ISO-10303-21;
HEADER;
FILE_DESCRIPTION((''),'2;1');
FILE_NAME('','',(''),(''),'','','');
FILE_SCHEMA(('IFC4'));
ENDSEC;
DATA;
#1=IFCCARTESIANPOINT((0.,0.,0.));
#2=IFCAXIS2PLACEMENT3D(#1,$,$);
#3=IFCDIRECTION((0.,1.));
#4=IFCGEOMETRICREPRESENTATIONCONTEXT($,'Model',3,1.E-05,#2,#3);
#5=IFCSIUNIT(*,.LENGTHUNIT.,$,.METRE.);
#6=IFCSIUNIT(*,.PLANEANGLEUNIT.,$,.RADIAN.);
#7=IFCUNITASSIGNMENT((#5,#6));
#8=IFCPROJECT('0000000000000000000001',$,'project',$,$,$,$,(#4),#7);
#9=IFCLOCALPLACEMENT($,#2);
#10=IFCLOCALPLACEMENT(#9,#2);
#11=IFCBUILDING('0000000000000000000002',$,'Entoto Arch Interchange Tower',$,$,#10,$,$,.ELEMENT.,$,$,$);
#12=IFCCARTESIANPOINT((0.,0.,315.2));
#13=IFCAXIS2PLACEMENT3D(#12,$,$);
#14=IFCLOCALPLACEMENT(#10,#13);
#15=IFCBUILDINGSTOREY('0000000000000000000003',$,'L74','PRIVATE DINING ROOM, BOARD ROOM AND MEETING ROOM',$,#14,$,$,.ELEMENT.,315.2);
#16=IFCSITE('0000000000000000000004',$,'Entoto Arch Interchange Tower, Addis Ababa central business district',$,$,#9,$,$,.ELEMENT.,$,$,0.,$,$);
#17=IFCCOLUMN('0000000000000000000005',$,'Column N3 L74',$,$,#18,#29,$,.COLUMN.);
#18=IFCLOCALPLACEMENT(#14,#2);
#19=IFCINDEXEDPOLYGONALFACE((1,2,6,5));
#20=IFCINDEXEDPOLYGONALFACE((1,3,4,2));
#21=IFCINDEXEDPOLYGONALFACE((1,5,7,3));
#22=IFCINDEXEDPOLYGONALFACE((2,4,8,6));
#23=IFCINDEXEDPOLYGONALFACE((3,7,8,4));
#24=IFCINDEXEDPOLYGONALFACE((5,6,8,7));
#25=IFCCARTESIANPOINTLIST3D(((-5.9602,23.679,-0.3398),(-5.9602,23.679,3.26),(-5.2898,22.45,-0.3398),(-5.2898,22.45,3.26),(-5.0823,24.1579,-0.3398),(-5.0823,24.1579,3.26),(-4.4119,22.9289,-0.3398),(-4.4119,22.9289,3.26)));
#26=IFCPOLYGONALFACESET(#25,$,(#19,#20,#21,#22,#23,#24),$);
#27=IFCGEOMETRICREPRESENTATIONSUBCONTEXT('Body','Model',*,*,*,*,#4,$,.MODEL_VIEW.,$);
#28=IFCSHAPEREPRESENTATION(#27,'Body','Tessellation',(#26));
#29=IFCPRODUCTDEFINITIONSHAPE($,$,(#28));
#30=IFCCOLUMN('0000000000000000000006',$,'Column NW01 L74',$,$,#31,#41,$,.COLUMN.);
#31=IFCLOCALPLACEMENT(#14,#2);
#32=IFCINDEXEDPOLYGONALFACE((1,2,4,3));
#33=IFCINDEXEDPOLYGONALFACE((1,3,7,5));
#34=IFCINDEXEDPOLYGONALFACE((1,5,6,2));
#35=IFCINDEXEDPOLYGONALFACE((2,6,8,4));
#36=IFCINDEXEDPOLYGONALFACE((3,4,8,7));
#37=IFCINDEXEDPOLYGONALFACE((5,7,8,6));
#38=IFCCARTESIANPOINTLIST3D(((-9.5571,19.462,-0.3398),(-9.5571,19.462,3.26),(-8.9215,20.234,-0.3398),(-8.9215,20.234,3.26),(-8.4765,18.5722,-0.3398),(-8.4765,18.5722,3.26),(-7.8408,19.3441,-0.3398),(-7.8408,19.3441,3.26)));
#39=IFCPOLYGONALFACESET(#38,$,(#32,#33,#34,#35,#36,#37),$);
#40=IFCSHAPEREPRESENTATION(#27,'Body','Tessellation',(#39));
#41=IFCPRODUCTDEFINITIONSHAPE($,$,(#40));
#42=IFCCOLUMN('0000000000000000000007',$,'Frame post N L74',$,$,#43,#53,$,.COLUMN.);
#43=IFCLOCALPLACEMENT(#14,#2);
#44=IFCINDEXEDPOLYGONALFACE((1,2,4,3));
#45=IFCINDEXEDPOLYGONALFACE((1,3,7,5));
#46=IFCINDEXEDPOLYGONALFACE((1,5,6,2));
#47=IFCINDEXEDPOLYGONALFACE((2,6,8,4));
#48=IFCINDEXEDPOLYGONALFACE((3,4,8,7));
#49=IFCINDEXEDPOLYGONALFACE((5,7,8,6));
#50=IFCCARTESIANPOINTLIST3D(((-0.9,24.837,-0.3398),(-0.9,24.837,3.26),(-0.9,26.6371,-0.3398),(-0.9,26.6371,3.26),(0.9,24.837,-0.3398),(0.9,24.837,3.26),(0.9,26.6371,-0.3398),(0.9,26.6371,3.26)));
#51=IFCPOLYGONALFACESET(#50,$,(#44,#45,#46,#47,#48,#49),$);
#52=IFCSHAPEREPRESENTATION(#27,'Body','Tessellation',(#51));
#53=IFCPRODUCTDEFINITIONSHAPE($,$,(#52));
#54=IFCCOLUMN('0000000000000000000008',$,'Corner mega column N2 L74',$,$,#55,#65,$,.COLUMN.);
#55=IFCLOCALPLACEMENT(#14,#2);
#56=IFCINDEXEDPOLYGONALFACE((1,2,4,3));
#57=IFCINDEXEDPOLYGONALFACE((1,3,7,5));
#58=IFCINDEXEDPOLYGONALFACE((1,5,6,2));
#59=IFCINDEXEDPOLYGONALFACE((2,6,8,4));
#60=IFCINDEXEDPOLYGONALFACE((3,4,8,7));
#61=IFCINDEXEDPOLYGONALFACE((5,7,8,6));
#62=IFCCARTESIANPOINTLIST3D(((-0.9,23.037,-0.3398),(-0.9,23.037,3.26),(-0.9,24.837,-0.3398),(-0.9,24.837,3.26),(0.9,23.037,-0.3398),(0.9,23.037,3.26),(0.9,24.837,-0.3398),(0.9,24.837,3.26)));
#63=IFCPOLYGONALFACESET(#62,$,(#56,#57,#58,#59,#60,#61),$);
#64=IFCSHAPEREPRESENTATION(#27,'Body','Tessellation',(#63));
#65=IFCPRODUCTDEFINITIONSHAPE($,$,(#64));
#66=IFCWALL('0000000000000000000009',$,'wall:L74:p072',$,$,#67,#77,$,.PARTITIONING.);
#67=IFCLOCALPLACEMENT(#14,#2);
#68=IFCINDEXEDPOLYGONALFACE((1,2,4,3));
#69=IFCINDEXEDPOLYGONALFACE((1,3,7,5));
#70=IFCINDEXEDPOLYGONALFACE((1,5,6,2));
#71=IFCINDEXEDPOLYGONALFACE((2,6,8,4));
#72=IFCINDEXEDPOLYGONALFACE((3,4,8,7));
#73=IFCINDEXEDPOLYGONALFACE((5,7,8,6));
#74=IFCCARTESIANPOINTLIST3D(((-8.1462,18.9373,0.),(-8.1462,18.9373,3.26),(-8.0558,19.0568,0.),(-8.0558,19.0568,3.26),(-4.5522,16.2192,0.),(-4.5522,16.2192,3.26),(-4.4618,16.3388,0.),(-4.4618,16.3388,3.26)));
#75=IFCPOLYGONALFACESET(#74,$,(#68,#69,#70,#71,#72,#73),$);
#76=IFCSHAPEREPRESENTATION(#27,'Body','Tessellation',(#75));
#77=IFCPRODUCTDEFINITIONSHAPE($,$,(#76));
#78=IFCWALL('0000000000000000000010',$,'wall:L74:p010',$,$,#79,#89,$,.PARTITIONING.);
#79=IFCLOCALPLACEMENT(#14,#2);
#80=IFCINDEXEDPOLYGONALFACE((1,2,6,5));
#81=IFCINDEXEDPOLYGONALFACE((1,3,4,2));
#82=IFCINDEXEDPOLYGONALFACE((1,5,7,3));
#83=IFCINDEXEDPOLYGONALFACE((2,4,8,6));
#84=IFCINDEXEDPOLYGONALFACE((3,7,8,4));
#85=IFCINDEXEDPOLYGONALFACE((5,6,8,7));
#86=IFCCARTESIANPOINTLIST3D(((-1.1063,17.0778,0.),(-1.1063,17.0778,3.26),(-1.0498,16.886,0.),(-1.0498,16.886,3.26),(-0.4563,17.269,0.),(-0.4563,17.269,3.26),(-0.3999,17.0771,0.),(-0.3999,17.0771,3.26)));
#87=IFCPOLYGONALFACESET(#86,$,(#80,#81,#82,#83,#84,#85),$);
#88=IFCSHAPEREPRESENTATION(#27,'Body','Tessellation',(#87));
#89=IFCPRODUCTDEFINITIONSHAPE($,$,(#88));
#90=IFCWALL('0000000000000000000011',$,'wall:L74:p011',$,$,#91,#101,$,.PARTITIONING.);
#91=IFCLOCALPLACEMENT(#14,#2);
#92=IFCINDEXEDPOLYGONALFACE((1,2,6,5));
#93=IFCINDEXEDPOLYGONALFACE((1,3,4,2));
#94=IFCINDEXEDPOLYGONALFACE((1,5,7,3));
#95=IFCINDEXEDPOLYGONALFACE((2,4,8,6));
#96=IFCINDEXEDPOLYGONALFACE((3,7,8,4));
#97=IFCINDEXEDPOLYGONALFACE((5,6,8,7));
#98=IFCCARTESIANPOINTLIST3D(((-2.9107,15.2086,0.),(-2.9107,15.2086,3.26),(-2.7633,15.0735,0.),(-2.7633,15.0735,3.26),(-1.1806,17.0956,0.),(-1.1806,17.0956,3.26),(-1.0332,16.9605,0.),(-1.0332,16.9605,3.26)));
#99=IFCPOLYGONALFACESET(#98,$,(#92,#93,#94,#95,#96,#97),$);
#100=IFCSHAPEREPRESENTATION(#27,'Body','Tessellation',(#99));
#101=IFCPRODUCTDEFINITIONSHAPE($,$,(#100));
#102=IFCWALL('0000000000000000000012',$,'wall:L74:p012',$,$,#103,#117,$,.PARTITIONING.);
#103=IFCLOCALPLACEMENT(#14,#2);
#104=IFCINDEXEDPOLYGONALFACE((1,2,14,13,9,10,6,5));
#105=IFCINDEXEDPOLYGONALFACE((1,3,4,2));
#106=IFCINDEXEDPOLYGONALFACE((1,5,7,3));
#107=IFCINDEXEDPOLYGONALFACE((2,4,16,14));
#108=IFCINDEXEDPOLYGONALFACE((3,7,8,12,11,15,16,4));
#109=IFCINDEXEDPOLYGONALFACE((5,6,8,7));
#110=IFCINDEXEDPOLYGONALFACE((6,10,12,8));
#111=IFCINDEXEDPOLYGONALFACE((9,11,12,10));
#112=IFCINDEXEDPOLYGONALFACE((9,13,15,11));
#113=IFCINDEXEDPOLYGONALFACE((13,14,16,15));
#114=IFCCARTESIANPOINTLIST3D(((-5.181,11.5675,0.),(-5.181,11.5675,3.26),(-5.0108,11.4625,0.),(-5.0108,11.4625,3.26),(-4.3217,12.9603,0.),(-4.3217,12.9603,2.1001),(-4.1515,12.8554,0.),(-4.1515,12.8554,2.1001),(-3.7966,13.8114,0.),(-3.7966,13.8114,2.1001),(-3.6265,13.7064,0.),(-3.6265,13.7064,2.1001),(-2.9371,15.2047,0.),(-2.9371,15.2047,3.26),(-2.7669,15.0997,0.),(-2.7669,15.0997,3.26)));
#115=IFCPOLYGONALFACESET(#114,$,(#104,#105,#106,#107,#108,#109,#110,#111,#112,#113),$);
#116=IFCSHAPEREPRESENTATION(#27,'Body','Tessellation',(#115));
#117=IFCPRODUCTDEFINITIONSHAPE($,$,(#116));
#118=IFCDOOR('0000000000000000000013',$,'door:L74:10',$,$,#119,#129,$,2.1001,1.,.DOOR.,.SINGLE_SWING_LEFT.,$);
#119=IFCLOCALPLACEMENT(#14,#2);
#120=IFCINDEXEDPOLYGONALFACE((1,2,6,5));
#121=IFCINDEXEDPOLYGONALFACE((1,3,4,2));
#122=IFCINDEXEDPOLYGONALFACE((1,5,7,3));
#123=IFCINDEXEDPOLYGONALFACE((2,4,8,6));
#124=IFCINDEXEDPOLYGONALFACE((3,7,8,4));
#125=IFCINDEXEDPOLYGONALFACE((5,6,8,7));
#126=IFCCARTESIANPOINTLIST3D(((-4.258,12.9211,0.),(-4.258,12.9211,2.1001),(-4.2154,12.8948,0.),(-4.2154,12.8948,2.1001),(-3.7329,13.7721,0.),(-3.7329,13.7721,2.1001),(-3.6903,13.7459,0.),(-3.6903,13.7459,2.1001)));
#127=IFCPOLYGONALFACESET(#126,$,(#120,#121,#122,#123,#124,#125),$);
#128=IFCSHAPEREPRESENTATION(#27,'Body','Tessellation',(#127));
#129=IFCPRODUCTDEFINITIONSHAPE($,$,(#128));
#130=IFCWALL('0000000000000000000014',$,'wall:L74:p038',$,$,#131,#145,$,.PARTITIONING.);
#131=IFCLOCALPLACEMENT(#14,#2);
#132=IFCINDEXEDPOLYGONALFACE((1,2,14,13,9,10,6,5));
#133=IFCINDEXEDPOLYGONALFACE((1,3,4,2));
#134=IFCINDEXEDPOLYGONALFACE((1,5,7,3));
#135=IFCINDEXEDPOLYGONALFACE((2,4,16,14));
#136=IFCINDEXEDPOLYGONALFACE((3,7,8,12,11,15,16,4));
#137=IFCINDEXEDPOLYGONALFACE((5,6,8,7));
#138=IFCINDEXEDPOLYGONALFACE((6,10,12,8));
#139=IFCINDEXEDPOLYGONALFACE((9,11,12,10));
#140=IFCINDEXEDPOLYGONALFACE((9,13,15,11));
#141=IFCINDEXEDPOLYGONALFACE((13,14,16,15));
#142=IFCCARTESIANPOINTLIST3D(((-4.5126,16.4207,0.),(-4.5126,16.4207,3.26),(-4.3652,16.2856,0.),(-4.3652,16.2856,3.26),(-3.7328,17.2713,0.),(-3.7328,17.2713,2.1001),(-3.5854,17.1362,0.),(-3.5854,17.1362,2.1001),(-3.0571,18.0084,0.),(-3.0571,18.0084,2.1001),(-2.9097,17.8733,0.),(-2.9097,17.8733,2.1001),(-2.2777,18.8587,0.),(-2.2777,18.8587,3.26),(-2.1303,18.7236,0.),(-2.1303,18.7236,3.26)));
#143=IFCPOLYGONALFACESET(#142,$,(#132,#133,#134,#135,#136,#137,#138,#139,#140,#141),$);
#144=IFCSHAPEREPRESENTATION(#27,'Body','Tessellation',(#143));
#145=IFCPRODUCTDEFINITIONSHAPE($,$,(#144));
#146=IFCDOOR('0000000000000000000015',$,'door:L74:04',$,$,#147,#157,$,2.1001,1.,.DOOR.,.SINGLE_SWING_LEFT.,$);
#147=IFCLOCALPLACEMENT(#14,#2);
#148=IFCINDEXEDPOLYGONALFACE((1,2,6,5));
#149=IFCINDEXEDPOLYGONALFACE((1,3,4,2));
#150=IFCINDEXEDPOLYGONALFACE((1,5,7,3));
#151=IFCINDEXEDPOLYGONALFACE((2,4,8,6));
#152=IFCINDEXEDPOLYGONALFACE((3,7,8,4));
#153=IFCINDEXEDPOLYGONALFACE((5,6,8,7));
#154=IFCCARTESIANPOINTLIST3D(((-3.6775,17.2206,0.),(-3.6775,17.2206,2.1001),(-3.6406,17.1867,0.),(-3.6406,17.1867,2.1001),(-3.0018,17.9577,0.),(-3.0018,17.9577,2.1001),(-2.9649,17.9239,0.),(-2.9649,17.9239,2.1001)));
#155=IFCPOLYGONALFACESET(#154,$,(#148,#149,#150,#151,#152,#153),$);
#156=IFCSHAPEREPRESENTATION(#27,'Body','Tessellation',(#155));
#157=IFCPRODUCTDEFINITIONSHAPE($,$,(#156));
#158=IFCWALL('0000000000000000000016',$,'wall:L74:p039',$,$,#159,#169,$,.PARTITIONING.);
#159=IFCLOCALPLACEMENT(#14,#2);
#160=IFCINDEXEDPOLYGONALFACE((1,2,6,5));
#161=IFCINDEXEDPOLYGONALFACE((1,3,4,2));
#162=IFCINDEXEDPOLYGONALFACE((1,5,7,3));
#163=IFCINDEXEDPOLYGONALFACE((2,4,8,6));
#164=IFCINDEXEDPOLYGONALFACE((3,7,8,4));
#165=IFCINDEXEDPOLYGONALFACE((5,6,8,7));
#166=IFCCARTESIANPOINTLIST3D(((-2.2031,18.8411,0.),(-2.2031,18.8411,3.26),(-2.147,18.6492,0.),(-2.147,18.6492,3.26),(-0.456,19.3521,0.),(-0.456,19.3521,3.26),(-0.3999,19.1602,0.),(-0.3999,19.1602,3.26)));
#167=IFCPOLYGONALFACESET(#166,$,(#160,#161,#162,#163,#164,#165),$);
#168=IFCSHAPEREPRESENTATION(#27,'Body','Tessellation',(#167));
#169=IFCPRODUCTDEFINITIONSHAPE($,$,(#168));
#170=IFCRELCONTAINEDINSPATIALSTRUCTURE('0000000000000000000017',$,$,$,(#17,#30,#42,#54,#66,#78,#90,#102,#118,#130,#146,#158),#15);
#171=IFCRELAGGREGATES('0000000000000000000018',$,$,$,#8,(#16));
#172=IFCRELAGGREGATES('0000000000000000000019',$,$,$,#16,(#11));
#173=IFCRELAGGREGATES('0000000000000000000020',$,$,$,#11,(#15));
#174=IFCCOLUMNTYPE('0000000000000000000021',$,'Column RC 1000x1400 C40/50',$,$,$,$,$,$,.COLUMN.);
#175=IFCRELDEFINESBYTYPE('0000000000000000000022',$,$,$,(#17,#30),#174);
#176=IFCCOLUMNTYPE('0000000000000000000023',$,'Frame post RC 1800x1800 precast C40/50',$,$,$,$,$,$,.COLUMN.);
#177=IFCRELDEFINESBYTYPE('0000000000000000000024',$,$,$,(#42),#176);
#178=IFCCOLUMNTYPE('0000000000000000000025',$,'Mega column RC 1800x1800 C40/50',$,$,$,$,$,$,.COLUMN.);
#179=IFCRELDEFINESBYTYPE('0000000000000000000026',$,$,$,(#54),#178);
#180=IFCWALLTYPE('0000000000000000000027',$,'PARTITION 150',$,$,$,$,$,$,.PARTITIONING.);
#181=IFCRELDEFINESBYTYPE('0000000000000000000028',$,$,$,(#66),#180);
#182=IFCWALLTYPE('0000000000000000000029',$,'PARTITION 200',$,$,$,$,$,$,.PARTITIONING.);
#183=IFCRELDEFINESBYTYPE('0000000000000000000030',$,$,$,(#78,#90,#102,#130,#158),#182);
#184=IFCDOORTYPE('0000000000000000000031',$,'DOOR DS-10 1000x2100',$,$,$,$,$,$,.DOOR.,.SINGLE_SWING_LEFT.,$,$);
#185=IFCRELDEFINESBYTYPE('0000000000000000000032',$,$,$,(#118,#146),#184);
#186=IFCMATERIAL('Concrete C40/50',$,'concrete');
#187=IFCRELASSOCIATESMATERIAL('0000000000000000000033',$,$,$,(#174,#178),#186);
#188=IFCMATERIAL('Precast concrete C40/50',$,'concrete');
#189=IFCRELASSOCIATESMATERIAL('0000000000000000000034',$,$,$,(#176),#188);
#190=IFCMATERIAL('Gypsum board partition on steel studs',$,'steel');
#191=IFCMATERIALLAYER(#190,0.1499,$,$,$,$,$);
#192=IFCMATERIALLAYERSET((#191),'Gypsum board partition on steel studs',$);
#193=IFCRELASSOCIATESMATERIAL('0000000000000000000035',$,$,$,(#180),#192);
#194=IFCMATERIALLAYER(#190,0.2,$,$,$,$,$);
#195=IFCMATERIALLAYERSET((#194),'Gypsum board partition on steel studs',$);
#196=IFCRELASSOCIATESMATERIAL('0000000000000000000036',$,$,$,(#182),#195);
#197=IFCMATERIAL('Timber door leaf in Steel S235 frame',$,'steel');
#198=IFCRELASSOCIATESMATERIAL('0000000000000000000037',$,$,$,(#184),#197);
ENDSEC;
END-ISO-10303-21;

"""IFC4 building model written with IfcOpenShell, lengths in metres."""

from ifc_helpers import new_model, si_unit, direction, frame, frame_2d, origin, origin_2d, place, context, subcontext, project, spatial, rectangle, extrude, material, layer, layer_set, material_profile, profile_set, type_object, element, fill, save


model = new_model("IFC4")

# Units and contexts
model_context = context("Model", 3, precision=1e-05, world=origin(), true_north=direction((0.0, 1.0)))
body_context = subcontext(model_context, "Body", "Model", "MODEL_VIEW")
ifc_project = project(units=[si_unit("LENGTHUNIT", "METRE"), si_unit("PLANEANGLEUNIT", "RADIAN")], contexts=[model_context])

# Site, building, storey
site_placement = place(None, origin())
site = spatial("IfcSite", under=ifc_project, at=site_placement, Name="Entoto Arch Interchange Tower, Addis Ababa central business district", CompositionType="ELEMENT", RefElevation=0.0)
building_placement = place(site_placement, origin())
building = spatial("IfcBuilding", under=site, at=building_placement, Name="Entoto Arch Interchange Tower", CompositionType="ELEMENT")
storey_placement = place(building_placement, frame((0.0, 0.0, 315.2)))
storey = spatial("IfcBuildingStorey", under=building, at=storey_placement, Name="L74", Description="PRIVATE DINING ROOM, BOARD ROOM AND MEETING ROOM", CompositionType="ELEMENT", Elevation=315.2)

# Columns
ifc_material_1 = material(Name="Concrete C40/50", Category="concrete")
ifc_material_profile_1 = material_profile(ifc_material_1, rectangle(XDim=1.0, YDim=1.3999, at=origin_2d()))
ifc_profile_set_1 = profile_set([ifc_material_profile_1], Name="Concrete C40/50")
column_type_1 = type_object("IfcColumnType", Name="Column RC 1000x1400 C40/50", PredefinedType="COLUMN", material=ifc_profile_set_1)
for number, where, z_axis, x_axis, name in (
    (1, (-5.186, 23.304, -0.3398), (0.0, 0.0, 1.0), (0.877899, 0.478845, 0.0), "Column N3 L74"),
    (2, (-8.699, 19.4031, -0.3398), (0.0, 0.0, 1.0), (0.635647, 0.77198, 0.0), "Column NW01 L74"),
):
    element("IfcColumn", number, at=place(storey_placement, frame(where, z_axis=z_axis, x_axis=x_axis)), inside=storey, type_object=column_type_1, Name=name, PredefinedType="COLUMN", context=body_context, shape_type="SweptSolid", body=[
        extrude(rectangle(XDim=1.0, YDim=1.3999, at=origin_2d()), origin(), (0.0, 0.0, 1.0), 3.5999),
    ])
ifc_material_2 = material(Name="Precast concrete C40/50", Category="concrete")
ifc_material_profile_2 = material_profile(ifc_material_2, rectangle(XDim=1.8, YDim=1.8, at=origin_2d()))
ifc_profile_set_2 = profile_set([ifc_material_profile_2], Name="Precast concrete C40/50")
column_type_2 = type_object("IfcColumnType", Name="Frame post RC 1800x1800 precast C40/50", PredefinedType="COLUMN", material=ifc_profile_set_2)
column_1_placement = place(storey_placement, frame((0.0, 25.7371, -0.3398), z_axis=(0.0, 0.0, 1.0), x_axis=(0.0, 1.0, 0.0)))
element("IfcColumn", 3, at=column_1_placement, inside=storey, type_object=column_type_2, Name="Frame post N L74", PredefinedType="COLUMN", context=body_context, shape_type="SweptSolid", body=[
    extrude(rectangle(XDim=1.8, YDim=1.8, at=origin_2d()), origin(), (0.0, 0.0, 1.0), 3.5999),
])
ifc_material_profile_3 = material_profile(ifc_material_1, rectangle(XDim=1.8, YDim=1.8, at=origin_2d()))
ifc_profile_set_3 = profile_set([ifc_material_profile_3], Name="Concrete C40/50")
column_type_3 = type_object("IfcColumnType", Name="Mega column RC 1800x1800 C40/50", PredefinedType="COLUMN", material=ifc_profile_set_3)
column_2_placement = place(storey_placement, frame((0.0, 23.937, -0.3398), z_axis=(0.0, 0.0, 1.0), x_axis=(0.0, 1.0, 0.0)))
element("IfcColumn", 4, at=column_2_placement, inside=storey, type_object=column_type_3, Name="Corner mega column N2 L74", PredefinedType="COLUMN", context=body_context, shape_type="SweptSolid", body=[
    extrude(rectangle(XDim=1.8, YDim=1.8, at=origin_2d()), origin(), (0.0, 0.0, 1.0), 3.5999),
])

# Walls
ifc_material_3 = material(Name="Gypsum board partition on steel studs", Category="steel")
ifc_layer_1 = layer(ifc_material_3, 0.1499)
ifc_layer_set_1 = layer_set([ifc_layer_1], Name="Gypsum board partition on steel studs")
wall_type_1 = type_object("IfcWallType", Name="PARTITION 150", PredefinedType="PARTITIONING", material=ifc_layer_set_1)
wall_1_placement = place(storey_placement, frame((-4.5071, 16.2791, 0.0), z_axis=(0.0, 0.0, 1.0), x_axis=(-0.797594, 0.603194, 0.0)))
element("IfcWall", 5, at=wall_1_placement, inside=storey, type_object=wall_type_1, Name="wall:L74:p072", PredefinedType="PARTITIONING", context=body_context, shape_type="SweptSolid", body=[
    extrude(rectangle(XDim=4.5061, YDim=0.1499, at=frame_2d((2.2529, 0.0))), origin(), (0.0, 0.0, 1.0), 3.26),
])
ifc_layer_2 = layer(ifc_material_3, 0.2)
ifc_layer_set_2 = layer_set([ifc_layer_2], Name="Gypsum board partition on steel studs")
wall_type_2 = type_object("IfcWallType", Name="PARTITION 200", PredefinedType="PARTITIONING", material=ifc_layer_set_2)
wall_2_placement = place(storey_placement, frame((-0.428, 17.1731, 0.0), z_axis=(0.0, 0.0, 1.0), x_axis=(-0.95936, -0.282186, 0.0)))
element("IfcWall", 6, at=wall_2_placement, inside=storey, type_object=wall_type_2, Name="wall:L74:p010", PredefinedType="PARTITIONING", context=body_context, shape_type="SweptSolid", body=[
    extrude(rectangle(XDim=0.6775, YDim=0.2, at=frame_2d((0.3389, 0.0))), origin(), (0.0, 0.0, 1.0), 3.26),
])
wall_3_placement = place(storey_placement, frame((-1.1069, 17.0281, 0.0), z_axis=(0.0, 0.0, 1.0), x_axis=(-0.675781, -0.737103, 0.0)))
element("IfcWall", 7, at=wall_3_placement, inside=storey, type_object=wall_type_2, Name="wall:L74:p011", PredefinedType="PARTITIONING", context=body_context, shape_type="SweptSolid", body=[
    extrude(rectangle(XDim=2.5601, YDim=0.2, at=frame_2d((1.28, 0.0))), origin(), (0.0, 0.0, 1.0), 3.26),
])

# Walls, openings, doors
wall_4_placement = place(storey_placement, frame((-2.8521, 15.1521, 0.0), z_axis=(0.0, 0.0, 1.0), x_axis=(-0.52505, -0.851071, 0.0)))
wall_4 = element("IfcWall", 8, at=wall_4_placement, inside=storey, type_object=wall_type_2, Name="wall:L74:p012", PredefinedType="PARTITIONING", context=body_context, shape_type="SweptSolid", body=[
    extrude(rectangle(XDim=4.2737, YDim=0.2, at=frame_2d((2.1367, 0.0))), origin(), (0.0, 0.0, 1.0), 3.26),
])
opening_1_placement = place(wall_4_placement, frame((1.637, 0.0, 0.0)))
opening_1 = element("IfcOpeningElement", 9, at=opening_1_placement, cuts=wall_4, PredefinedType="OPENING", context=body_context, shape_type="SweptSolid", body=[
    extrude(rectangle(XDim=1.0, YDim=2.1001, at=frame_2d((0.5, 1.05))), frame((0.0, 0.1099, 0.0), z_axis=(0.0, -1.0, 0.0), x_axis=(1.0, 0.0, 0.0)), (0.0, 0.0, 1.0), 0.22),
])
ifc_material_4 = material(Name="Timber door leaf in Steel S235 frame", Category="steel")
door_type = type_object("IfcDoorType", Name="DOOR DS-10 1000x2100", OperationType="SINGLE_SWING_LEFT", PredefinedType="DOOR", material=ifc_material_4)
door_1_placement = place(opening_1_placement, origin())
door_1 = element("IfcDoor", 10, at=door_1_placement, inside=storey, type_object=door_type, Name="door:L74:10", OperationType="SINGLE_SWING_LEFT", OverallHeight=2.1001, OverallWidth=1.0, PredefinedType="DOOR", context=body_context, shape_type="SweptSolid", body=[
    extrude(rectangle(XDim=1.0, YDim=2.1001, at=frame_2d((0.5, 1.05))), frame((0.0, 0.0249, 0.0), z_axis=(0.0, -1.0, 0.0), x_axis=(1.0, 0.0, 0.0)), (0.0, 0.0, 1.0), 0.05),
])
fill(opening_1, door_1)
wall_5_placement = place(storey_placement, frame((-4.439, 16.353, 0.0), z_axis=(0.0, 0.0, 1.0), x_axis=(0.675731, 0.737148, 0.0)))
wall_5 = element("IfcWall", 11, at=wall_5_placement, inside=storey, type_object=wall_type_2, Name="wall:L74:p038", PredefinedType="PARTITIONING", context=body_context, shape_type="SweptSolid", body=[
    extrude(rectangle(XDim=3.3074, YDim=0.2, at=frame_2d((1.6538, 0.0))), origin(), (0.0, 0.0, 1.0), 3.26),
])
opening_2_placement = place(wall_5_placement, frame((1.1541, 0.0, 0.0)))
opening_2 = element("IfcOpeningElement", 12, at=opening_2_placement, cuts=wall_5, PredefinedType="OPENING", context=body_context, shape_type="SweptSolid", body=[
    extrude(rectangle(XDim=1.0, YDim=2.1001, at=frame_2d((0.5, 1.05))), frame((0.0, 0.1099, 0.0), z_axis=(0.0, -1.0, 0.0), x_axis=(1.0, 0.0, 0.0)), (0.0, 0.0, 1.0), 0.22),
])
door_2_placement = place(opening_2_placement, origin())
door_2 = element("IfcDoor", 13, at=door_2_placement, inside=storey, type_object=door_type, Name="door:L74:04", OperationType="SINGLE_SWING_LEFT", OverallHeight=2.1001, OverallWidth=1.0, PredefinedType="DOOR", context=body_context, shape_type="SweptSolid", body=[
    extrude(rectangle(XDim=1.0, YDim=2.1001, at=frame_2d((0.5, 1.05))), frame((0.0, 0.0249, 0.0), z_axis=(0.0, -1.0, 0.0), x_axis=(1.0, 0.0, 0.0)), (0.0, 0.0, 1.0), 0.05),
])
fill(opening_2, door_2)

# Wall
wall_6_placement = place(storey_placement, frame((-2.175, 18.7451, 0.0), z_axis=(0.0, 0.0, 1.0), x_axis=(0.959789, 0.280721, 0.0)))
element("IfcWall", 14, at=wall_6_placement, inside=storey, type_object=wall_type_2, Name="wall:L74:p039", PredefinedType="PARTITIONING", context=body_context, shape_type="SweptSolid", body=[
    extrude(rectangle(XDim=1.8203, YDim=0.2, at=frame_2d((0.9102, 0.0))), origin(), (0.0, 0.0, 1.0), 3.26),
])

save(model, "model.ifc")
